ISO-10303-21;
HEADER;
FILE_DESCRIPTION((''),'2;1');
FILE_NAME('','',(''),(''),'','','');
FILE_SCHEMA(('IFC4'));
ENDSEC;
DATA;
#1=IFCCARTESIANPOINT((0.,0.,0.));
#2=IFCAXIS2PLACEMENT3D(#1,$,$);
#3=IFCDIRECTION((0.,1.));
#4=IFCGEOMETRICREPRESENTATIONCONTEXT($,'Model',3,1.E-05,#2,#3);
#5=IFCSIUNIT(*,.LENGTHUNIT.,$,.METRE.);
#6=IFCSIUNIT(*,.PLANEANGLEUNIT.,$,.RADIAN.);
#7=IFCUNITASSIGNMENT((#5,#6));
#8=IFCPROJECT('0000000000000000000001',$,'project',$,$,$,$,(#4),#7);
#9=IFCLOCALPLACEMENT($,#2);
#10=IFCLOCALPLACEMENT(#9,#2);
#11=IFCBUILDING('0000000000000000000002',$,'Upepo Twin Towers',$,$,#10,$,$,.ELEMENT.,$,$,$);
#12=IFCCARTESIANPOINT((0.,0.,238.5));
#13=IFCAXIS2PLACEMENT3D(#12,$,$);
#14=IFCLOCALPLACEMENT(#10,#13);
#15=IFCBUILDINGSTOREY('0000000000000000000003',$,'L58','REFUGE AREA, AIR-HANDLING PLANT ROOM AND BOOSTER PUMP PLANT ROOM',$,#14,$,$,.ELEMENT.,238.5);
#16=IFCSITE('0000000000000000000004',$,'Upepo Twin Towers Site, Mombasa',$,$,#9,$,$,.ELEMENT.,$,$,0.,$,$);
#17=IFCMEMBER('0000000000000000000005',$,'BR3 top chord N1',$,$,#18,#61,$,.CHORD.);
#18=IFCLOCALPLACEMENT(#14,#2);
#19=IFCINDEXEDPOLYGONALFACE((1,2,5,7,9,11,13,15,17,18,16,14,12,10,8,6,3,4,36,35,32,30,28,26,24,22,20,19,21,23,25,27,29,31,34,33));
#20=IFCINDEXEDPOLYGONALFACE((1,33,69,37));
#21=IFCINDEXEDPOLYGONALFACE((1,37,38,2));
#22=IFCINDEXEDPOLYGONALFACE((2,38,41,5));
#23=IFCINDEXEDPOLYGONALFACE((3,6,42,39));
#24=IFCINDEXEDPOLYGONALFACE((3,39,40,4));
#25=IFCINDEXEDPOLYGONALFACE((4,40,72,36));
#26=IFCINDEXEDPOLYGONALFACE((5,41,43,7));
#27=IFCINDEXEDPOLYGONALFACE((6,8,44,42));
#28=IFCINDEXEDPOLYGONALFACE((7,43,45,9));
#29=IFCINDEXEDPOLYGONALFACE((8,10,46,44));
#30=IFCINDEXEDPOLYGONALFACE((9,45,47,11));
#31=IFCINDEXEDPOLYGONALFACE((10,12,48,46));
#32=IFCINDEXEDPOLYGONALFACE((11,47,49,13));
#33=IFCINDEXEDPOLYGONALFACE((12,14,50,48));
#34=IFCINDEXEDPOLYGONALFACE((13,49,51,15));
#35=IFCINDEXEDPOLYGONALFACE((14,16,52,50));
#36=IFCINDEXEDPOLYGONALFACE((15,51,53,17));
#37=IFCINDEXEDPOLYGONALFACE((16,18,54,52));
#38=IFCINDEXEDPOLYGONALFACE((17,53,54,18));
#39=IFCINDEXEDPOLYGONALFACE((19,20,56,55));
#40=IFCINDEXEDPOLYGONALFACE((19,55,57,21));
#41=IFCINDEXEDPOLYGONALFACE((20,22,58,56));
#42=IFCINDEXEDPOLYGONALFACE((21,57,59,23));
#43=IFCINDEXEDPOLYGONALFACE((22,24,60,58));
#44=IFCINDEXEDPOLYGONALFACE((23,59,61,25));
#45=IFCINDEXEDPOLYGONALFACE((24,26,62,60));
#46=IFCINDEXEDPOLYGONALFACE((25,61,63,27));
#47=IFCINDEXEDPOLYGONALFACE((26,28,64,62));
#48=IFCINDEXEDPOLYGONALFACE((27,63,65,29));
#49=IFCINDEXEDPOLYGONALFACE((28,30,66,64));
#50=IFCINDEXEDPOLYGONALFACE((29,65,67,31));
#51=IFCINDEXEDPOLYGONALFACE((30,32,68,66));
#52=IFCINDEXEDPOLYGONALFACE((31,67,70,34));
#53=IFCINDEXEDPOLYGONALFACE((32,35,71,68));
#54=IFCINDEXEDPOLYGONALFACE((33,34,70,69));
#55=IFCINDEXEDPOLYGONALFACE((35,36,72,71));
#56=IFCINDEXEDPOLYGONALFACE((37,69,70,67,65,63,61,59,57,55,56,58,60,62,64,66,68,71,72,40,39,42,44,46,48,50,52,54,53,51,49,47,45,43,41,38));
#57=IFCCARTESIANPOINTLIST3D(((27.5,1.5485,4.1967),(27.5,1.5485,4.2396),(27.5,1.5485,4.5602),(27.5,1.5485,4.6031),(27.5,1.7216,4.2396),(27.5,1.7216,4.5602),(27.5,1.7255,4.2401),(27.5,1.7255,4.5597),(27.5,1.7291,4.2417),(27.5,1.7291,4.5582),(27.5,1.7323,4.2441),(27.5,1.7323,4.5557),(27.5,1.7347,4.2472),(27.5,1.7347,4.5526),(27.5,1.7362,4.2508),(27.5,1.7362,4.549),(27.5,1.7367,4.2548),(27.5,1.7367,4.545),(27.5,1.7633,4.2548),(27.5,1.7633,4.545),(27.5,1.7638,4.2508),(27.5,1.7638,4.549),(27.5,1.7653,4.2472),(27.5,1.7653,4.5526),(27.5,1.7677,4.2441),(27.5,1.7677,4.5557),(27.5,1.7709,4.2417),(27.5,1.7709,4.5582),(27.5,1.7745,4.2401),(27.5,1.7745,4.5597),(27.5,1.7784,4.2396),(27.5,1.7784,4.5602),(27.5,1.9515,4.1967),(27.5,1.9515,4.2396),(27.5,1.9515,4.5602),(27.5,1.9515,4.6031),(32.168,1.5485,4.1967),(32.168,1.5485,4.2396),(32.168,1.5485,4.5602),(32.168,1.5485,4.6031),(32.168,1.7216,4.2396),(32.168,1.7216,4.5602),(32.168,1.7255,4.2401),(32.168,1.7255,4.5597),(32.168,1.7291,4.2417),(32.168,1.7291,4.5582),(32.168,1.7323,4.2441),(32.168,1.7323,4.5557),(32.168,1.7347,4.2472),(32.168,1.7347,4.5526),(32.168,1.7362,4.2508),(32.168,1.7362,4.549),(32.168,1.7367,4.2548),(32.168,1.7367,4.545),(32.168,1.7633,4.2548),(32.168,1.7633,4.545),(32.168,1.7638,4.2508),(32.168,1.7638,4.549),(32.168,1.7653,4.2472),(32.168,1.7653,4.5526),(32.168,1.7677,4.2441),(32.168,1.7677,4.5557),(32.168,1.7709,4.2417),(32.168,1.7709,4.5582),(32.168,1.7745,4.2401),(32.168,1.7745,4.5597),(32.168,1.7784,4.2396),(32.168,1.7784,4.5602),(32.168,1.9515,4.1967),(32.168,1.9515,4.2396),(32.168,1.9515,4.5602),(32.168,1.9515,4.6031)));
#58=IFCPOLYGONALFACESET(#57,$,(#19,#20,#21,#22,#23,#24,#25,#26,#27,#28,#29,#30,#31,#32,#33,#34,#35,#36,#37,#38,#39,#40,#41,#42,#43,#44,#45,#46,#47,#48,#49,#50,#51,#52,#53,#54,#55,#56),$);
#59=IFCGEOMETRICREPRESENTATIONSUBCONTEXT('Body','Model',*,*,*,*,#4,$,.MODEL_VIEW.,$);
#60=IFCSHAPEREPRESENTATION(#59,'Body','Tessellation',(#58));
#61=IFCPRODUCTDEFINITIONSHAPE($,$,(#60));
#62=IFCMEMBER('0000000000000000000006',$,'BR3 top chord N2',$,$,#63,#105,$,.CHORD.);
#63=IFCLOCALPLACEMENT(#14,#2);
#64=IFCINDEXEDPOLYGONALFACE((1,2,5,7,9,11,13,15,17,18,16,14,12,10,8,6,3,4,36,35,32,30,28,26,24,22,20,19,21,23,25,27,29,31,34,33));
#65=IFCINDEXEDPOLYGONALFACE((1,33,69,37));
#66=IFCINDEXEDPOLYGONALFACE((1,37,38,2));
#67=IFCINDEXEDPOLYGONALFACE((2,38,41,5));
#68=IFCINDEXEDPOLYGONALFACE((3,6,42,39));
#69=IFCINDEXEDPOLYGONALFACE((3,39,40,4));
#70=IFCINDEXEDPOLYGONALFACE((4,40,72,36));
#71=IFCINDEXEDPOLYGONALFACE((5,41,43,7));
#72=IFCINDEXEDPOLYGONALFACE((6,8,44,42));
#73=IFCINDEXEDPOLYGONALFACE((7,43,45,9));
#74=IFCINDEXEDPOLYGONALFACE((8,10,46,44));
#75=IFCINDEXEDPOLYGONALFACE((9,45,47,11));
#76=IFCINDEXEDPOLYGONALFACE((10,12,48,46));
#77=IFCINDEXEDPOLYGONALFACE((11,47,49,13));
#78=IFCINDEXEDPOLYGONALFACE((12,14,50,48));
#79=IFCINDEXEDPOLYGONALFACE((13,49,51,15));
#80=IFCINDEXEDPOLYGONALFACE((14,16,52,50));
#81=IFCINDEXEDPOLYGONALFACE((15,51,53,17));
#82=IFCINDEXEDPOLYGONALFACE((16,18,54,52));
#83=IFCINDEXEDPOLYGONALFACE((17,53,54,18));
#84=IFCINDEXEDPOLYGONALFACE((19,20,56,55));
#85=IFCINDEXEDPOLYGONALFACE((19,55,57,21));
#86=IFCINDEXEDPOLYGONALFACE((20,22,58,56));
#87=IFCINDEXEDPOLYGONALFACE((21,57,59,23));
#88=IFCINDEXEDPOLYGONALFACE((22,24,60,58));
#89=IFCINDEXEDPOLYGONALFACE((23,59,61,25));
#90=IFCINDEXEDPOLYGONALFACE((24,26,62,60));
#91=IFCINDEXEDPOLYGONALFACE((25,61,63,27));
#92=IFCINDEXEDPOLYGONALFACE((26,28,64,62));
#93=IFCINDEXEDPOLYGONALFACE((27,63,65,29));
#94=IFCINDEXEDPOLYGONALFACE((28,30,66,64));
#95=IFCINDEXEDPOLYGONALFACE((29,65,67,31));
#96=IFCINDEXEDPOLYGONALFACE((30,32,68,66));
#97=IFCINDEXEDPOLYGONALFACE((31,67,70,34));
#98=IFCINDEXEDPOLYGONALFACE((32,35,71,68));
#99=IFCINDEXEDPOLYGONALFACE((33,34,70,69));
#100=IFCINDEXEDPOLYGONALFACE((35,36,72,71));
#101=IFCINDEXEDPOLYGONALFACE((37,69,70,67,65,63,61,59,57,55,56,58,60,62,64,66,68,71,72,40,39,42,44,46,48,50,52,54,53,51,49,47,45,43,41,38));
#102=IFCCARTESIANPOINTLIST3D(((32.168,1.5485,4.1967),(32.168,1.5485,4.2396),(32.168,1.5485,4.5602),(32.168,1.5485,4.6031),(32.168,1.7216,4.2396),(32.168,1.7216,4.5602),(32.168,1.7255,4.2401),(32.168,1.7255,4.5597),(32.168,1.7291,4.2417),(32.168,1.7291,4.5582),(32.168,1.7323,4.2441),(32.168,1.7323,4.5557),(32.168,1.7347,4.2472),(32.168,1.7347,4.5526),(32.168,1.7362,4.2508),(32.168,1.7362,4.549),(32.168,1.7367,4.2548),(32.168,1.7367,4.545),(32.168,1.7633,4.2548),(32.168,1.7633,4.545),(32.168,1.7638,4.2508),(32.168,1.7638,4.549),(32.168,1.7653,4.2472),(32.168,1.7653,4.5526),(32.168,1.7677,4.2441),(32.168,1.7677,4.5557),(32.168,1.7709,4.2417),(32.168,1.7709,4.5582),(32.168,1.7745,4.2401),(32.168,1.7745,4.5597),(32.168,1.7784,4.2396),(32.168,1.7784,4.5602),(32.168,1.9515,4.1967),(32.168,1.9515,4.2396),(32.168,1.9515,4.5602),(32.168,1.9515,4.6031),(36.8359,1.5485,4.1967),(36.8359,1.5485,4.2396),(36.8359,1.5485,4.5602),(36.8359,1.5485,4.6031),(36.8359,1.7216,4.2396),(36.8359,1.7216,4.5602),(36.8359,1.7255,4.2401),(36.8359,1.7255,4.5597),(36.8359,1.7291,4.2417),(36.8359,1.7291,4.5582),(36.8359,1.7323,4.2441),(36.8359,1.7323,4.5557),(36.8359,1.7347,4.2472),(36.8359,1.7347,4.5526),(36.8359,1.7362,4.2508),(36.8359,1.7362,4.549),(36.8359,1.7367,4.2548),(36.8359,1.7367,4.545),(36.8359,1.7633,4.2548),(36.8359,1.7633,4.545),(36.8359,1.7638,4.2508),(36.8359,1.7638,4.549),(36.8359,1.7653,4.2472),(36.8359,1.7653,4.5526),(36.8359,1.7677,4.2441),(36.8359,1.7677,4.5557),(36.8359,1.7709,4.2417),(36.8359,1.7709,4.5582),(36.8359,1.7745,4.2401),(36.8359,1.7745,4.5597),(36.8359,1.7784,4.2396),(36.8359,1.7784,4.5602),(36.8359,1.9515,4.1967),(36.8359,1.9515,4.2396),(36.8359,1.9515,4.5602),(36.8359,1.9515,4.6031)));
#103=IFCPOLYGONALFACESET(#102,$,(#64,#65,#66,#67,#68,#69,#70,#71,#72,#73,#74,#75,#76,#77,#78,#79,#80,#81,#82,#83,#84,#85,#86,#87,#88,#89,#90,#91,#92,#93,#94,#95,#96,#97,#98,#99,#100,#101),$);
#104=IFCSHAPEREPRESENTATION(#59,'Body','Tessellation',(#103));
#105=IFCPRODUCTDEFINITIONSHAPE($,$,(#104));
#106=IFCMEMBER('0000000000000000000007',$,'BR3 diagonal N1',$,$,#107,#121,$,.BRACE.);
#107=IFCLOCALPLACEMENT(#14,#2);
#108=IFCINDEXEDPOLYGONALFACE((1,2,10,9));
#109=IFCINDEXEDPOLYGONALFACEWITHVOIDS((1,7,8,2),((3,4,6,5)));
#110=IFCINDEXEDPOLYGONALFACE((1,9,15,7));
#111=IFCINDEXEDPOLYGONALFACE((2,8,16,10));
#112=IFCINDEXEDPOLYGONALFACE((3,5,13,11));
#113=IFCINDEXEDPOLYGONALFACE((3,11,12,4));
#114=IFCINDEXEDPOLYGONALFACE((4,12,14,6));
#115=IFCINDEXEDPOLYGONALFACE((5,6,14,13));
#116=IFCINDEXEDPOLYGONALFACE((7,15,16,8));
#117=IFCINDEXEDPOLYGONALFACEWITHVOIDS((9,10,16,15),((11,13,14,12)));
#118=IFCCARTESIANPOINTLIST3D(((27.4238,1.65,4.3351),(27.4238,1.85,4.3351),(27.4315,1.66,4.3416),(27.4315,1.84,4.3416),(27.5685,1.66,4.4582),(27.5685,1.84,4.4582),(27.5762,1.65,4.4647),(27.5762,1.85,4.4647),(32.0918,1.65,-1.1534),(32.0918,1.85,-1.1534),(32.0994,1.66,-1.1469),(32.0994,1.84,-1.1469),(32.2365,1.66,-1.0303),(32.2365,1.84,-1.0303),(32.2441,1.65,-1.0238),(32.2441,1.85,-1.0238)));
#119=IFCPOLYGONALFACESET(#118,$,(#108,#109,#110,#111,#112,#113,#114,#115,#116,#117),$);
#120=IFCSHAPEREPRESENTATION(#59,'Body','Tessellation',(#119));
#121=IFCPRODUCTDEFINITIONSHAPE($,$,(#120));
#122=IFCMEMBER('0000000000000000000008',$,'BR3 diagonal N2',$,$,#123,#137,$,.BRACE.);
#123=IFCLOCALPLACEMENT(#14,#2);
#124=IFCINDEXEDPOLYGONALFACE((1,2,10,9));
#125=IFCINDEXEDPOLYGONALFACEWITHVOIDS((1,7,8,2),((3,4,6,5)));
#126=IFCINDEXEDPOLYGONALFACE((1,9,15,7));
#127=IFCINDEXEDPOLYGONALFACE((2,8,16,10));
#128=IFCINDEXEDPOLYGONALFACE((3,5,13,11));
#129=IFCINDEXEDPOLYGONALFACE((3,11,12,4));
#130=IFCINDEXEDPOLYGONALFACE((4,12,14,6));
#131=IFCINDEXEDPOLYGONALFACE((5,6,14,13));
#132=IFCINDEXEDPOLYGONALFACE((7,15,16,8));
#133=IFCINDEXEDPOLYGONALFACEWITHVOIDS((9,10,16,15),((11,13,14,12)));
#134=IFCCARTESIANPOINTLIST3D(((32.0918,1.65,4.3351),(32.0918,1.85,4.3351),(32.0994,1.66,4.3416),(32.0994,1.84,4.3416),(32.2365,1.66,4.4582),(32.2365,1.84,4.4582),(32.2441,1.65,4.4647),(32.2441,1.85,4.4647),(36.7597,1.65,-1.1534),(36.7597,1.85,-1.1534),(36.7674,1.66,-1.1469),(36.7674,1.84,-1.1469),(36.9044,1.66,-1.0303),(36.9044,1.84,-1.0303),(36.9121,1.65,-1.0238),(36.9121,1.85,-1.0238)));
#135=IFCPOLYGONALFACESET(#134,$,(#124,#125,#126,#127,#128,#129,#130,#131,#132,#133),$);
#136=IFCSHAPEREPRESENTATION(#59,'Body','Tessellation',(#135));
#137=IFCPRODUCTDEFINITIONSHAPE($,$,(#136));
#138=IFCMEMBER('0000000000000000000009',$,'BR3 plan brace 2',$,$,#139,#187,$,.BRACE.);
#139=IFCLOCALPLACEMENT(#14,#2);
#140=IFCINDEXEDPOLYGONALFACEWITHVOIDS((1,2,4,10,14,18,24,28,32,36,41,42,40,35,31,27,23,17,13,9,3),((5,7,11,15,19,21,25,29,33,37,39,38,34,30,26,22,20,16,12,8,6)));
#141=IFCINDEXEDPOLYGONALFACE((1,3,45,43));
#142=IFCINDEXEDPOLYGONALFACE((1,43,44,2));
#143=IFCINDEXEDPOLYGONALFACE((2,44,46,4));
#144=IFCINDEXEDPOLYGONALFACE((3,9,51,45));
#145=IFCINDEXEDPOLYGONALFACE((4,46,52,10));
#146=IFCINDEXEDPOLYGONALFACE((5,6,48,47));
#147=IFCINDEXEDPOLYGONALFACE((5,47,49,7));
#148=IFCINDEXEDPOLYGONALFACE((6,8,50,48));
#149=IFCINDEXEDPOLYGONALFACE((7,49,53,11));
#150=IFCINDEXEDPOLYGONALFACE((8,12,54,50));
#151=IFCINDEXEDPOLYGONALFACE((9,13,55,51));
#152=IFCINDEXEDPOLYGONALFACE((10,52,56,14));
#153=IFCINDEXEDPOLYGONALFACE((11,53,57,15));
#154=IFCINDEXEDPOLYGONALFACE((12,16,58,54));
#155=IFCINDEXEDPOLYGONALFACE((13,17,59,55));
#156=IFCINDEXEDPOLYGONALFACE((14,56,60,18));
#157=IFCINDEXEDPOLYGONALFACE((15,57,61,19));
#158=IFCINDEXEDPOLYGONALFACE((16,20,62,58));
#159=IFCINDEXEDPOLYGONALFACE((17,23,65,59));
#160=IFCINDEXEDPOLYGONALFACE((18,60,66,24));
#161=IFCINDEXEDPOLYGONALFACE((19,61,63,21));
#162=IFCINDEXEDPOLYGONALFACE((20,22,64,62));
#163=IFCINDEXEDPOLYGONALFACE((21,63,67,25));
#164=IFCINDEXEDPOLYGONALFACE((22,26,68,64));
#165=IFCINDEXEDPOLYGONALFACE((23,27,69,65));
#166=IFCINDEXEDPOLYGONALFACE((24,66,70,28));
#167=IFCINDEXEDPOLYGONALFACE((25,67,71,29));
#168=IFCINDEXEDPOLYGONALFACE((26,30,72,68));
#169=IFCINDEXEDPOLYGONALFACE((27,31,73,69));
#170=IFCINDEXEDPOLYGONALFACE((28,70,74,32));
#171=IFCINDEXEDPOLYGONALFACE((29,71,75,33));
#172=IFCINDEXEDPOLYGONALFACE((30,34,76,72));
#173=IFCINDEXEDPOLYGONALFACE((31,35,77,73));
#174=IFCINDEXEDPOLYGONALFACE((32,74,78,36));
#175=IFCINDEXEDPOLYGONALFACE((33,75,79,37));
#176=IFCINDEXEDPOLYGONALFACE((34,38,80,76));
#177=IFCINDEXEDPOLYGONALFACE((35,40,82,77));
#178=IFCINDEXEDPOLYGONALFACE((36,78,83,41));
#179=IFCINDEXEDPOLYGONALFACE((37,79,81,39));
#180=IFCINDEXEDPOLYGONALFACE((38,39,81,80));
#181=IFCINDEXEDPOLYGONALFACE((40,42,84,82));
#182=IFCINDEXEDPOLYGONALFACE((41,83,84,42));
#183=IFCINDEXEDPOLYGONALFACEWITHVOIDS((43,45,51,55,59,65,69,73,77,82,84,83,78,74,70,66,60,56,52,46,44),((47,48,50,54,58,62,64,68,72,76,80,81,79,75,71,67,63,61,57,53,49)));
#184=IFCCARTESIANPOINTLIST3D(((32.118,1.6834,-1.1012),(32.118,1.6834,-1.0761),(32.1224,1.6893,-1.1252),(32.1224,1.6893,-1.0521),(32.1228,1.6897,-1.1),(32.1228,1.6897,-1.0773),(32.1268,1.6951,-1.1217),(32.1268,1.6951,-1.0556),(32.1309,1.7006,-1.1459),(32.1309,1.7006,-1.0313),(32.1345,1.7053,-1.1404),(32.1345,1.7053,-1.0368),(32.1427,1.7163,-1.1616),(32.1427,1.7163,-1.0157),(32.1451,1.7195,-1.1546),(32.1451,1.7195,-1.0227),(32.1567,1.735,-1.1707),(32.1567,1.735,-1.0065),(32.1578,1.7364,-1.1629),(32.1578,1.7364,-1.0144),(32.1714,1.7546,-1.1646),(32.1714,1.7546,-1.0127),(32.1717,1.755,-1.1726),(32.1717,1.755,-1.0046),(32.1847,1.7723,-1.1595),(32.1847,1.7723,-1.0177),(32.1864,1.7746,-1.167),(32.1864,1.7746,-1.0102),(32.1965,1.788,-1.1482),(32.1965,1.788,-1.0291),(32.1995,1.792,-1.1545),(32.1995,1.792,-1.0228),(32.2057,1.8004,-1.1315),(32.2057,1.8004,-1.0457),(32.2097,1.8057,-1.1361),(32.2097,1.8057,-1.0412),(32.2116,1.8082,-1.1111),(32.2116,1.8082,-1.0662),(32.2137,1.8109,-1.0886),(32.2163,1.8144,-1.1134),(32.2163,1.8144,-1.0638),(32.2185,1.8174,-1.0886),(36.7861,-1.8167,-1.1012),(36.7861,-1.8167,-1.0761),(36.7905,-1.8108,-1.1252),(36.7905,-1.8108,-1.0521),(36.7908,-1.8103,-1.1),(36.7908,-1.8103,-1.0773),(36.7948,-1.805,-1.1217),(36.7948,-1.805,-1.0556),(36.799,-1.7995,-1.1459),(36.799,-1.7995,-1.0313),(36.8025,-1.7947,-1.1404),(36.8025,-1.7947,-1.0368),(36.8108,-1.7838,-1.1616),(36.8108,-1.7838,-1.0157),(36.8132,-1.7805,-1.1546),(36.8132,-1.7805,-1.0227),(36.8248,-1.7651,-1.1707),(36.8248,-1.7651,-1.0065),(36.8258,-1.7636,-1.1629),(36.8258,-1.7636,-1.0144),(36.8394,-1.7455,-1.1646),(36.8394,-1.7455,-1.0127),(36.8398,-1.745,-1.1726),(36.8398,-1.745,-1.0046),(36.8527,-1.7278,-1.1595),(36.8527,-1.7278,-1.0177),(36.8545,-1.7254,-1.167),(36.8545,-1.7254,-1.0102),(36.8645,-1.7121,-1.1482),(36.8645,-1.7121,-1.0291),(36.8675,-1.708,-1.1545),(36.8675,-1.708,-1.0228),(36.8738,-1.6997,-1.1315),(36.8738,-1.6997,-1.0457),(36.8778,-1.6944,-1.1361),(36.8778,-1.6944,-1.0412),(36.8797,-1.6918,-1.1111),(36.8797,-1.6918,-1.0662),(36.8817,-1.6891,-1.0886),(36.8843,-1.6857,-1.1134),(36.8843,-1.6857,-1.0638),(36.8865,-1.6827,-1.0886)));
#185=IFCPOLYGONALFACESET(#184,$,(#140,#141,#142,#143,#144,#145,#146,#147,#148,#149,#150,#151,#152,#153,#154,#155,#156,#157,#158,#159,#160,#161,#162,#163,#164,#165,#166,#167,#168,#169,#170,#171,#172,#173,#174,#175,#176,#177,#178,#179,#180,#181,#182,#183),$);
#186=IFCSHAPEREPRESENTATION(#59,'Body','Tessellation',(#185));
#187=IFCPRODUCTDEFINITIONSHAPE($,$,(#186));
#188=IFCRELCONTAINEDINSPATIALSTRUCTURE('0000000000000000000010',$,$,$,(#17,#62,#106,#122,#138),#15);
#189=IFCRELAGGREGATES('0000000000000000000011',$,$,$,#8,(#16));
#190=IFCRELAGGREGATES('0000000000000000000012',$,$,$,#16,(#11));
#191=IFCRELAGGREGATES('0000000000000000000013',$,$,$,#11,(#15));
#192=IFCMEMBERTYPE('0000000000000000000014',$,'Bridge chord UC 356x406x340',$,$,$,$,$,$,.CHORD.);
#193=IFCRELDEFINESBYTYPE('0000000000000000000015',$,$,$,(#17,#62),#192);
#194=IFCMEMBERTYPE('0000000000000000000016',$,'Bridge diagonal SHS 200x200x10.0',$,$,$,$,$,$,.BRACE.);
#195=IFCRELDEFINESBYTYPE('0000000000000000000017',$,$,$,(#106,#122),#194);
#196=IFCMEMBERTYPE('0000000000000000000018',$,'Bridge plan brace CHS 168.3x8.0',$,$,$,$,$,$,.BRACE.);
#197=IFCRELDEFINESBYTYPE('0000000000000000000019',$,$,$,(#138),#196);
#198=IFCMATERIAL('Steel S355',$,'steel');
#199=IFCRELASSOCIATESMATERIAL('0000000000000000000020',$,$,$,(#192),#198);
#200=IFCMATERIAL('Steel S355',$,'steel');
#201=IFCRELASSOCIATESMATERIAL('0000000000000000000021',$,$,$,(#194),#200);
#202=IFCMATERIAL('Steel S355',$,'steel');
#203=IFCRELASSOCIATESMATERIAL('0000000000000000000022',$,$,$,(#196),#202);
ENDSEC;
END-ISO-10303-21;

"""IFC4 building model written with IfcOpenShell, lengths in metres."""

from ifc_helpers import new_model, si_unit, direction, frame, origin, origin_2d, place, context, subcontext, project, spatial, hollow_rectangle, hollow_circle, i_section, extrude, material, material_profile, profile_set, type_object, element, save


model = new_model("IFC4")

# Units and contexts
model_context = context("Model", 3, precision=1e-05, world=origin(), true_north=direction((0.0, 1.0)))
body_context = subcontext(model_context, "Body", "Model", "MODEL_VIEW")
ifc_project = project(units=[si_unit("LENGTHUNIT", "METRE"), si_unit("PLANEANGLEUNIT", "RADIAN")], contexts=[model_context])

# Site, building, storey
site_placement = place(None, origin())
site = spatial("IfcSite", under=ifc_project, at=site_placement, Name="Upepo Twin Towers Site, Mombasa", CompositionType="ELEMENT", RefElevation=0.0)
building_placement = place(site_placement, origin())
building = spatial("IfcBuilding", under=site, at=building_placement, Name="Upepo Twin Towers", CompositionType="ELEMENT")
storey_placement = place(building_placement, frame((0.0, 0.0, 238.5)))
storey = spatial("IfcBuildingStorey", under=building, at=storey_placement, Name="L58", Description="REFUGE AREA, AIR-HANDLING PLANT ROOM AND BOOSTER PUMP PLANT ROOM", CompositionType="ELEMENT", Elevation=238.5)

# Members
ifc_material_1 = material(Name="Steel S355", Category="steel")
ifc_material_profile_1 = material_profile(ifc_material_1, i_section(OverallWidth=0.4031, OverallDepth=0.4065, WebThickness=0.0266, FlangeThickness=0.043, FilletRadius=0.0151, at=origin_2d()), Name="UC 356x406x340")
ifc_profile_set_1 = profile_set([ifc_material_profile_1], Name="Steel S355")
member_type_1 = type_object("IfcMemberType", Name="Bridge chord UC 356x406x340", PredefinedType="CHORD", material=ifc_profile_set_1)
for number, where, z_axis, x_axis, name in (
    (1, (27.5, 1.75, 4.3999), (1.0, 0.0, 0.0), (0.0, 1.0, 0.0), "BR3 top chord N1"),
    (2, (32.168, 1.75, 4.3999), (1.0, 0.0, 0.0), (0.0, 1.0, 0.0), "BR3 top chord N2"),
):
    element("IfcMember", number, at=place(storey_placement, frame(where, z_axis=z_axis, x_axis=x_axis)), inside=storey, type_object=member_type_1, Name=name, PredefinedType="CHORD", context=body_context, shape_type="SweptSolid", body=[
        extrude(i_section(OverallWidth=0.4031, OverallDepth=0.4065, WebThickness=0.0266, FlangeThickness=0.043, FilletRadius=0.0151, at=origin_2d()), origin(), (0.0, 0.0, 1.0), 4.668),
    ])
ifc_material_2 = material(Name="Steel S355", Category="steel")
ifc_material_profile_2 = material_profile(ifc_material_2, hollow_rectangle(XDim=0.2, YDim=0.2, WallThickness=0.01, at=origin_2d()), Name="SHS 200x200x10.0")
ifc_profile_set_2 = profile_set([ifc_material_profile_2], Name="Steel S355")
member_type_2 = type_object("IfcMemberType", Name="Bridge diagonal SHS 200x200x10.0", PredefinedType="BRACE", material=ifc_profile_set_2)
for number, where, z_axis, x_axis, name in (
    (3, (27.5, 1.75, 4.3999), (0.647868, 0.0, -0.761753), (0.0, 1.0, 0.0), "BR3 diagonal N1"),
    (4, (32.168, 1.75, 4.3999), (0.647868, 0.0, -0.761753), (0.0, 1.0, 0.0), "BR3 diagonal N2"),
):
    element("IfcMember", number, at=place(storey_placement, frame(where, z_axis=z_axis, x_axis=x_axis)), inside=storey, type_object=member_type_2, Name=name, PredefinedType="BRACE", context=body_context, shape_type="SweptSolid", body=[
        extrude(hollow_rectangle(XDim=0.2, YDim=0.2, WallThickness=0.01, at=origin_2d()), origin(), (0.0, 0.0, 1.0), 7.2051),
    ])
ifc_material_3 = material(Name="Steel S355", Category="steel")
ifc_material_profile_3 = material_profile(ifc_material_3, hollow_circle(Radius=0.0842, WallThickness=0.0081, at=origin_2d()), Name="CHS 168.3x8.0")
ifc_profile_set_3 = profile_set([ifc_material_profile_3], Name="Steel S355")
member_type_3 = type_object("IfcMemberType", Name="Bridge plan brace CHS 168.3x8.0", PredefinedType="BRACE", material=ifc_profile_set_3)
member_1_placement = place(storey_placement, frame((32.168, 1.75, -1.0886), z_axis=(0.80008, -0.599893, 0.0), x_axis=(0.599893, 0.80008, 0.0)))
element("IfcMember", 5, at=member_1_placement, inside=storey, type_object=member_type_3, Name="BR3 plan brace 2", PredefinedType="BRACE", context=body_context, shape_type="SweptSolid", body=[
    extrude(hollow_circle(Radius=0.0842, WallThickness=0.0081, at=origin_2d()), origin(), (0.0, 0.0, 1.0), 5.8345),
])

save(model, "model.ifc")
